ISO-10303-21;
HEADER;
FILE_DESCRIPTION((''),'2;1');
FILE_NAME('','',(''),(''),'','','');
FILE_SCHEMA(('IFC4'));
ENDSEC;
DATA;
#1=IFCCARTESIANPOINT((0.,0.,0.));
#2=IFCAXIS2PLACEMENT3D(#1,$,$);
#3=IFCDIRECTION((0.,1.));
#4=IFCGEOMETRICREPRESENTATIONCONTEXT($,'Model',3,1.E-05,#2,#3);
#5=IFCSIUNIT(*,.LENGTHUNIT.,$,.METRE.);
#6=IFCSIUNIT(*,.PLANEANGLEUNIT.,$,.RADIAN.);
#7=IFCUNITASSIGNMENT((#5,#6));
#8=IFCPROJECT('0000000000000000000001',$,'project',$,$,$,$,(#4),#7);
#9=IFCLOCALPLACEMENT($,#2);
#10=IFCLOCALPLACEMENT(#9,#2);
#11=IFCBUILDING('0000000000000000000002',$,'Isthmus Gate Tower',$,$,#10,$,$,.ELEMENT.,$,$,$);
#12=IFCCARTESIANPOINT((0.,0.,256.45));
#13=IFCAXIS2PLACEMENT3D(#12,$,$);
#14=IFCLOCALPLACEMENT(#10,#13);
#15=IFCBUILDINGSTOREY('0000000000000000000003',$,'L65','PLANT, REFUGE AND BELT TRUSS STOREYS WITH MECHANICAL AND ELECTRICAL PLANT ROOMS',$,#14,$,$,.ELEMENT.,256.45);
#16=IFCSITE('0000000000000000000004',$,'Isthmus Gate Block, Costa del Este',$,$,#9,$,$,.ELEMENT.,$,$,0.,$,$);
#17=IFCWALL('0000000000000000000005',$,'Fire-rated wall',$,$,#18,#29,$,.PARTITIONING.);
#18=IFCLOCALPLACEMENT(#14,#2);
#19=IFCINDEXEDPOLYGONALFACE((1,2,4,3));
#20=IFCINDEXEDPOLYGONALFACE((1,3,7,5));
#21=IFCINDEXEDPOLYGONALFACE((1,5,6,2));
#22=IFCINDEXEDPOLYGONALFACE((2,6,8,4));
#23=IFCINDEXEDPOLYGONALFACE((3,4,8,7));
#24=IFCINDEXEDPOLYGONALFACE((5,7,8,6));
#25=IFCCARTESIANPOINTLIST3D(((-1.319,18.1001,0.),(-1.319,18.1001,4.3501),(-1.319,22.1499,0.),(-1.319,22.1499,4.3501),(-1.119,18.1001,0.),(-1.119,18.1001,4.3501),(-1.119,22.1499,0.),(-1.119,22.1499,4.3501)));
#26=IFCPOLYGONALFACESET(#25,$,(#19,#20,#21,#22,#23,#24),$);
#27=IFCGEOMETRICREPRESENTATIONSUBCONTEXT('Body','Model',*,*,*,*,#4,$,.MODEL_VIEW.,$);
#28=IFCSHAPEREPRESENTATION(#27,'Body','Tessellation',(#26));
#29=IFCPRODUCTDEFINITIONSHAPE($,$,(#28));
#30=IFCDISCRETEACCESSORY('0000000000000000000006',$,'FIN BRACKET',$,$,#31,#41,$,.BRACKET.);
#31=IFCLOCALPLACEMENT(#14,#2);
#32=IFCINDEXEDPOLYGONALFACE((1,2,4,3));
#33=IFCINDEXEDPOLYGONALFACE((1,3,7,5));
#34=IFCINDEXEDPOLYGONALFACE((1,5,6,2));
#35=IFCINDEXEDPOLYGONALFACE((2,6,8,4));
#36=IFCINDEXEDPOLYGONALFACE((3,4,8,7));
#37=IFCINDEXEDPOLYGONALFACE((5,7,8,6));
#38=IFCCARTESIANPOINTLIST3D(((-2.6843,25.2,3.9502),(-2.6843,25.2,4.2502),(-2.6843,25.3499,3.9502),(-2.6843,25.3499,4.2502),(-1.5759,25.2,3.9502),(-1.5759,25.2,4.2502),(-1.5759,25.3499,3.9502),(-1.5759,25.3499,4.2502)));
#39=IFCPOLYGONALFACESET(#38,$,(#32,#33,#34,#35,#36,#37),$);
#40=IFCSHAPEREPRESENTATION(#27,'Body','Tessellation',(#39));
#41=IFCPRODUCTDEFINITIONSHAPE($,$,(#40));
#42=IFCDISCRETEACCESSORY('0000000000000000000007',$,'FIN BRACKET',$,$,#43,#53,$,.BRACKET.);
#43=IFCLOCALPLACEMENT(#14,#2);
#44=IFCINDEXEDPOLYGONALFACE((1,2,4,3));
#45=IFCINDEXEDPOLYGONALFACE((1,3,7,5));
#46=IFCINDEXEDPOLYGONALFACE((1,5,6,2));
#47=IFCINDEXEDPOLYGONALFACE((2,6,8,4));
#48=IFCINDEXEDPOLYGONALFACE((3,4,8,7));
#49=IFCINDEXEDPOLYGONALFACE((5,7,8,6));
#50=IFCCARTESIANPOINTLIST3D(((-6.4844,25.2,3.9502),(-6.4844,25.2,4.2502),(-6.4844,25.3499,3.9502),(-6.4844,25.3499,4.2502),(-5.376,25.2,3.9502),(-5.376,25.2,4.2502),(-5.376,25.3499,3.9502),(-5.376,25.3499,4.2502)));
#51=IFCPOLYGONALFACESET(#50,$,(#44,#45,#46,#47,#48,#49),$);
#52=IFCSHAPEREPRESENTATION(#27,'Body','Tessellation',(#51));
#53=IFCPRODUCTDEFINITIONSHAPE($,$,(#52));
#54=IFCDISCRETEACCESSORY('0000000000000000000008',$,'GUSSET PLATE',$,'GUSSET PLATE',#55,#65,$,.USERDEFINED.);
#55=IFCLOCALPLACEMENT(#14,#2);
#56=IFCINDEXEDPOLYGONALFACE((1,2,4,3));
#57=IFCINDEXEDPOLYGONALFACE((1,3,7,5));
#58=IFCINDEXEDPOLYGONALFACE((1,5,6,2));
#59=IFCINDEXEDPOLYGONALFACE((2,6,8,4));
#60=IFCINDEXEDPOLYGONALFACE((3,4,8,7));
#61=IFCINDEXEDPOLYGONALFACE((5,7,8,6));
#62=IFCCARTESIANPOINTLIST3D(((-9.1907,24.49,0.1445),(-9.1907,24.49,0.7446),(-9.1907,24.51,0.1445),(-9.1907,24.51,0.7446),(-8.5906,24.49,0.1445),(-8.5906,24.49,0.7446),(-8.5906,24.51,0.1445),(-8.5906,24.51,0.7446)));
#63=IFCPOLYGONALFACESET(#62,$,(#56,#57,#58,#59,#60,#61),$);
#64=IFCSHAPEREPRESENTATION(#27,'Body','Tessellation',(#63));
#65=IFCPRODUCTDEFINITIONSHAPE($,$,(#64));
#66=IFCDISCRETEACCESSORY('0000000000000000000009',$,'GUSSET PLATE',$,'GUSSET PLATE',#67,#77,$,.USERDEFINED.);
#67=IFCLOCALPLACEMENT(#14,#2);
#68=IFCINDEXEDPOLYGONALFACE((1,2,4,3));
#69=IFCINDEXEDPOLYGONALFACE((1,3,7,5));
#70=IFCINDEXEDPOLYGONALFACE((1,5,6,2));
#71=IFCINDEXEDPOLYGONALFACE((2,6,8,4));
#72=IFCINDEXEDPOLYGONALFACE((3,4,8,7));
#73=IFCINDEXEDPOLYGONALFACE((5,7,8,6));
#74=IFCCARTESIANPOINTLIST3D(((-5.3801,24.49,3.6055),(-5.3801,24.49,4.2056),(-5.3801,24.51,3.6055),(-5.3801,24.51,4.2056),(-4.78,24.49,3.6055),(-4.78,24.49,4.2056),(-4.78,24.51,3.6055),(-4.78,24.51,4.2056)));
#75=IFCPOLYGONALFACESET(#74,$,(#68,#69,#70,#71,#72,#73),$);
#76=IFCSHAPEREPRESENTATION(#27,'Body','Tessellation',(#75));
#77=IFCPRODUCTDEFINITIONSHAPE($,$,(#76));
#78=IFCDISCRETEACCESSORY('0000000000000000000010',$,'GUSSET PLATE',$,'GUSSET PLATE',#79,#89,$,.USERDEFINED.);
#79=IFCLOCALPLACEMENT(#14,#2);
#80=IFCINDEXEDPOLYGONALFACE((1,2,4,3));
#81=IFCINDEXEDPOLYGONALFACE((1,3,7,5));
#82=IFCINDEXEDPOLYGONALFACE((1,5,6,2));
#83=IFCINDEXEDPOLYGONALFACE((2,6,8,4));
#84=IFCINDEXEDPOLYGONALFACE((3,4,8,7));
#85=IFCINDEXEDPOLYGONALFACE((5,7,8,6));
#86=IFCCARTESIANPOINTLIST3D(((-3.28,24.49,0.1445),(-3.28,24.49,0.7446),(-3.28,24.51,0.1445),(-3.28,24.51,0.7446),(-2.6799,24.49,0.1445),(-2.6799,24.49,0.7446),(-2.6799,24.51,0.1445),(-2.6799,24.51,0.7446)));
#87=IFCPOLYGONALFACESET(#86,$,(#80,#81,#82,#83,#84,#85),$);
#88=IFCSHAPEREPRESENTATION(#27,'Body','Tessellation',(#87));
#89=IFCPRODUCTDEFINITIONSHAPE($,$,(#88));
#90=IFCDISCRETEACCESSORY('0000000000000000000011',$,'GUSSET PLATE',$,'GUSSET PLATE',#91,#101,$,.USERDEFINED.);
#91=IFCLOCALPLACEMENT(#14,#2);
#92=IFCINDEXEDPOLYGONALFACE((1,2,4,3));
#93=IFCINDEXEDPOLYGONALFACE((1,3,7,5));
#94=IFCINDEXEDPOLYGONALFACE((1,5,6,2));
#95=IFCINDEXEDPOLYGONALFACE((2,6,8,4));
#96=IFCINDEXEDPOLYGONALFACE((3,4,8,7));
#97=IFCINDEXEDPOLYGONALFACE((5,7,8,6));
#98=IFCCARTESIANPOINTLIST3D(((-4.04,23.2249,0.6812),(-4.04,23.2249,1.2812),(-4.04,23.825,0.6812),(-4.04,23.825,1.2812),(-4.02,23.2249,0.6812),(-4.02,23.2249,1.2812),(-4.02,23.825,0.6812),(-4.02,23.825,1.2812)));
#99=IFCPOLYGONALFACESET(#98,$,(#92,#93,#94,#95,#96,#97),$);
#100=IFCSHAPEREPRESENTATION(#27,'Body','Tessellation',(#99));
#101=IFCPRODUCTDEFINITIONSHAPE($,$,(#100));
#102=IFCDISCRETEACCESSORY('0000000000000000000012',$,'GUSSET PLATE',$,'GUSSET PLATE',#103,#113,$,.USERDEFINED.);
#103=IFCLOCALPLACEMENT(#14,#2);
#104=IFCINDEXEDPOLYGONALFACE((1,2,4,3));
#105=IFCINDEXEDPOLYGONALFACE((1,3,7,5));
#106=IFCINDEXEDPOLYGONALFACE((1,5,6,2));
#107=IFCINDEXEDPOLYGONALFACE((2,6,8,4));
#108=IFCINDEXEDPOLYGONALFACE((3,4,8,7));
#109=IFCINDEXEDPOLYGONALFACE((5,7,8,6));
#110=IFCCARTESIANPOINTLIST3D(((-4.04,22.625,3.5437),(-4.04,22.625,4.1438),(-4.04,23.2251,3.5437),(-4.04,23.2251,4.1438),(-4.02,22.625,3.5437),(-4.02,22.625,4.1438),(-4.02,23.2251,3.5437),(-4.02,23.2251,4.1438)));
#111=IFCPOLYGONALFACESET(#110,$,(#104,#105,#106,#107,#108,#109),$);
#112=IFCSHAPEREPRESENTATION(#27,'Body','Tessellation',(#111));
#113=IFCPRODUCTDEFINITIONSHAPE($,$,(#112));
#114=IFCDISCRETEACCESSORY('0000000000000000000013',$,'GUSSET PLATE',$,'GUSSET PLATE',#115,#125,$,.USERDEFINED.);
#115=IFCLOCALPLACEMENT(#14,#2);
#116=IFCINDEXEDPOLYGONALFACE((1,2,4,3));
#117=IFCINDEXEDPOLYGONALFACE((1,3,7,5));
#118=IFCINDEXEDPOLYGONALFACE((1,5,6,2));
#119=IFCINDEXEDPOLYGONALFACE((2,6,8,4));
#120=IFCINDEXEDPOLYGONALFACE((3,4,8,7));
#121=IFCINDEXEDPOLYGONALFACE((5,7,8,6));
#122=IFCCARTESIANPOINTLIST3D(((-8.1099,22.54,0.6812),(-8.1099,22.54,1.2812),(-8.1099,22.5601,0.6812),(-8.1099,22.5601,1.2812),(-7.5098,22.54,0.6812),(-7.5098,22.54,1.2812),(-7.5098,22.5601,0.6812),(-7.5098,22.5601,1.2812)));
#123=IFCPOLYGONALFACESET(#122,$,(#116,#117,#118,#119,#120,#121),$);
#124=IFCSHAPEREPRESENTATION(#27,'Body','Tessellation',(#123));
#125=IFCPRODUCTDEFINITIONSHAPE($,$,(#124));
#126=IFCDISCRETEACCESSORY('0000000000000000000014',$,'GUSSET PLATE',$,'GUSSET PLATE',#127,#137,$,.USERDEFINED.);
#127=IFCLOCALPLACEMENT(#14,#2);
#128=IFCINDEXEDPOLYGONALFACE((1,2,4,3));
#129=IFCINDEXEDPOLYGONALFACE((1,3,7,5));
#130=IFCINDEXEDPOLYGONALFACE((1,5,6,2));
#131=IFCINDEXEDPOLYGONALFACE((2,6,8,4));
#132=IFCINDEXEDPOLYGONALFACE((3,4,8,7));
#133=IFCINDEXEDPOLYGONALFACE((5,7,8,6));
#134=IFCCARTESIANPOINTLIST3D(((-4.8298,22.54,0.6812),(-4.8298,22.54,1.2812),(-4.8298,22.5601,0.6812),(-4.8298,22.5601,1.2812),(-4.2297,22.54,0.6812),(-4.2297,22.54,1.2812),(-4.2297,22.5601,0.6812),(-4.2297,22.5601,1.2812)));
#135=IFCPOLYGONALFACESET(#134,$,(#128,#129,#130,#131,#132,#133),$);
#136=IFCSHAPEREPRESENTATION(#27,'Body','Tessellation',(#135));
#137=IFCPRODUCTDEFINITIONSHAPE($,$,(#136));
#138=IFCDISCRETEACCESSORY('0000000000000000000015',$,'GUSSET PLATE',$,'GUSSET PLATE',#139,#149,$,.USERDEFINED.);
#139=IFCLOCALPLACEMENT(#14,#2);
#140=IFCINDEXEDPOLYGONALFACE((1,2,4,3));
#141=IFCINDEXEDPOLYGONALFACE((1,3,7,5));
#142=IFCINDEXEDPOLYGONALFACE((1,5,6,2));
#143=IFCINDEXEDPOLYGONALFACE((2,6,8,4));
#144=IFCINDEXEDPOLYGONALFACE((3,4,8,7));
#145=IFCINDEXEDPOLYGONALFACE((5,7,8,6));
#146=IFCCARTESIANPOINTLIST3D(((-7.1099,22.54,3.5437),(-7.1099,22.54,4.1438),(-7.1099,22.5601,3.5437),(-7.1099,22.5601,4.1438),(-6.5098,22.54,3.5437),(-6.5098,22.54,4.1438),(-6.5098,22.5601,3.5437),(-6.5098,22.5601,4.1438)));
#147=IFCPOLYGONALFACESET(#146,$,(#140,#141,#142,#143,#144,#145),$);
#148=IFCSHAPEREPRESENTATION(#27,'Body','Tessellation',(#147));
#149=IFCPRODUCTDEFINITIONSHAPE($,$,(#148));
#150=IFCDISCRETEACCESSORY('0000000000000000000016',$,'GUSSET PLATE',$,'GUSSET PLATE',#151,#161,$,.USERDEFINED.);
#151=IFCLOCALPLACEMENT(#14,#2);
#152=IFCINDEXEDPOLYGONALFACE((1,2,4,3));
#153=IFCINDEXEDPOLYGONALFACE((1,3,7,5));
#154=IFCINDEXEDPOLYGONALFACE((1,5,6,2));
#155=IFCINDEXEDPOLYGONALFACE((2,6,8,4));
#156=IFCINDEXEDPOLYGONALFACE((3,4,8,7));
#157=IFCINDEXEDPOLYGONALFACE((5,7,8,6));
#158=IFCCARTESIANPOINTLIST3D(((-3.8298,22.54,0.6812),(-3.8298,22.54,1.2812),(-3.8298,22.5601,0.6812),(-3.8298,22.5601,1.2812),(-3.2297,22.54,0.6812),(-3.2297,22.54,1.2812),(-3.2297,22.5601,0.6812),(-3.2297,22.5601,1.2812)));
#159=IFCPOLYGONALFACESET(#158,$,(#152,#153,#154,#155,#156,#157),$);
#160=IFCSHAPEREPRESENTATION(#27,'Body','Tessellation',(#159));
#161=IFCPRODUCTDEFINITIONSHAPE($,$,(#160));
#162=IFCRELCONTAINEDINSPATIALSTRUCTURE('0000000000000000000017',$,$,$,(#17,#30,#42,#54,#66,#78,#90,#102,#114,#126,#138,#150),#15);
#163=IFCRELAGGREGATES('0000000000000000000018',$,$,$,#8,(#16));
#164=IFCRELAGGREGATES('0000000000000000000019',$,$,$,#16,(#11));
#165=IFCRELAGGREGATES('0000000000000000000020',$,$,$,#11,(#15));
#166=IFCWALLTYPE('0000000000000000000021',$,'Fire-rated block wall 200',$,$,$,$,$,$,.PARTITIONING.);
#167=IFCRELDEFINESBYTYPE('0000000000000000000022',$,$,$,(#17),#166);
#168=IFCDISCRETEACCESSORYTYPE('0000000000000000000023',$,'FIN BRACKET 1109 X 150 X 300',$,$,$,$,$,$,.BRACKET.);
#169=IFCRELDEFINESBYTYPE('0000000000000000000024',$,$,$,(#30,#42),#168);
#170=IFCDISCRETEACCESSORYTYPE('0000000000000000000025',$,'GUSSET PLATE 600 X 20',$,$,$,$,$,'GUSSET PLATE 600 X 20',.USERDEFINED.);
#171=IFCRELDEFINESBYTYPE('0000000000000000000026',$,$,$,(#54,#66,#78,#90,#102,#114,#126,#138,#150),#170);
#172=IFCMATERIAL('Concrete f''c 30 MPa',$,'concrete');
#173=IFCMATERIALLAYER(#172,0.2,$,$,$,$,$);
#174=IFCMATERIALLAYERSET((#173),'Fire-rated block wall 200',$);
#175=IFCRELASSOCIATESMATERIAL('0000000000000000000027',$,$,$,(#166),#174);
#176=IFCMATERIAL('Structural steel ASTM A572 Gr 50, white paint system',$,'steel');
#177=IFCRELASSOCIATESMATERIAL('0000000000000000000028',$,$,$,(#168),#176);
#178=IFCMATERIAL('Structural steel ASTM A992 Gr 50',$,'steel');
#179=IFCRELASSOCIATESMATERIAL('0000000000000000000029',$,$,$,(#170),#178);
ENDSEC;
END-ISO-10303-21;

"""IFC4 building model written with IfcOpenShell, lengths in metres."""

from ifc_helpers import new_model, si_unit, direction, frame, frame_2d, origin, origin_2d, place, context, subcontext, project, spatial, rectangle, extrude, material, layer, layer_set, type_object, element, save


model = new_model("IFC4")

# Units and contexts
model_context = context("Model", 3, precision=1e-05, world=origin(), true_north=direction((0.0, 1.0)))
body_context = subcontext(model_context, "Body", "Model", "MODEL_VIEW")
ifc_project = project(units=[si_unit("LENGTHUNIT", "METRE"), si_unit("PLANEANGLEUNIT", "RADIAN")], contexts=[model_context])

# Site, building, storey
site_placement = place(None, origin())
site = spatial("IfcSite", under=ifc_project, at=site_placement, Name="Isthmus Gate Block, Costa del Este", CompositionType="ELEMENT", RefElevation=0.0)
building_placement = place(site_placement, origin())
building = spatial("IfcBuilding", under=site, at=building_placement, Name="Isthmus Gate Tower", CompositionType="ELEMENT")
storey_placement = place(building_placement, frame((0.0, 0.0, 256.45)))
storey = spatial("IfcBuildingStorey", under=building, at=storey_placement, Name="L65", Description="PLANT, REFUGE AND BELT TRUSS STOREYS WITH MECHANICAL AND ELECTRICAL PLANT ROOMS", CompositionType="ELEMENT", Elevation=256.45)

# Wall
ifc_material_1 = material(Name="Concrete f'c 30 MPa", Category="concrete")
ifc_layer_1 = layer(ifc_material_1, 0.2)
ifc_layer_set_1 = layer_set([ifc_layer_1], Name="Fire-rated block wall 200")
wall_type = type_object("IfcWallType", Name="Fire-rated block wall 200", PredefinedType="PARTITIONING", material=ifc_layer_set_1)
wall_1_placement = place(storey_placement, frame((-1.219, 18.1001, 0.0), z_axis=(0.0, 0.0, 1.0), x_axis=(0.0, 1.0, 0.0)))
element("IfcWall", 1, at=wall_1_placement, inside=storey, type_object=wall_type, Name="Fire-rated wall", PredefinedType="PARTITIONING", context=body_context, shape_type="SweptSolid", body=[
    extrude(rectangle(XDim=4.0498, YDim=0.2, at=frame_2d((2.0249, 0.0))), origin(), (0.0, 0.0, 1.0), 4.3501),
])

# Discrete accessories
ifc_material_2 = material(Name="Structural steel ASTM A572 Gr 50, white paint system", Category="steel")
discrete_accessory_type_1 = type_object("IfcDiscreteAccessoryType", Name="FIN BRACKET 1109 X 150 X 300", PredefinedType="BRACKET", material=ifc_material_2)
for number, where, z_axis, x_axis, name in (
    (2, (-2.1301, 25.2749, 3.9502), (0.0, 0.0, 1.0), (0.0, 1.0, 0.0), "FIN BRACKET"),
    (3, (-5.9302, 25.2749, 3.9502), (0.0, 0.0, 1.0), (0.0, 1.0, 0.0), "FIN BRACKET"),
):
    element("IfcDiscreteAccessory", number, at=place(storey_placement, frame(where, z_axis=z_axis, x_axis=x_axis)), inside=storey, type_object=discrete_accessory_type_1, Name=name, PredefinedType="BRACKET", context=body_context, shape_type="SweptSolid", body=[
        extrude(rectangle(XDim=0.1499, YDim=1.1084, at=origin_2d()), origin(), (0.0, 0.0, 1.0), 0.3),
    ])
ifc_material_3 = material(Name="Structural steel ASTM A992 Gr 50", Category="steel")
discrete_accessory_type_2 = type_object("IfcDiscreteAccessoryType", Name="GUSSET PLATE 600 X 20", ElementType="GUSSET PLATE 600 X 20", PredefinedType="USERDEFINED", material=ifc_material_3)
for number, where, z_axis, x_axis, name in (
    (4, (-8.8906, 24.5, 0.1445), (0.0, 0.0, 1.0), (1.0, 0.0, 0.0), "GUSSET PLATE"),
    (5, (-5.0801, 24.5, 3.6055), (0.0, 0.0, 1.0), (1.0, 0.0, 0.0), "GUSSET PLATE"),
    (6, (-2.98, 24.5, 0.1445), (0.0, 0.0, 1.0), (1.0, 0.0, 0.0), "GUSSET PLATE"),
    (7, (-4.03, 23.5249, 0.6812), (0.0, 0.0, 1.0), (0.0, -1.0, 0.0), "GUSSET PLATE"),
    (8, (-4.03, 22.925, 3.5437), (0.0, 0.0, 1.0), (0.0, -1.0, 0.0), "GUSSET PLATE"),
    (9, (-7.8098, 22.55, 0.6812), (0.0, 0.0, 1.0), (-1.0, 0.0, 0.0), "GUSSET PLATE"),
    (10, (-4.5298, 22.55, 0.6812), (0.0, 0.0, 1.0), (-1.0, 0.0, 0.0), "GUSSET PLATE"),
    (11, (-6.8098, 22.55, 3.5437), (0.0, 0.0, 1.0), (-1.0, 0.0, 0.0), "GUSSET PLATE"),
    (12, (-3.5298, 22.55, 0.6812), (0.0, 0.0, 1.0), (1.0, 0.0, 0.0), "GUSSET PLATE"),
):
    element("IfcDiscreteAccessory", number, at=place(storey_placement, frame(where, z_axis=z_axis, x_axis=x_axis)), inside=storey, type_object=discrete_accessory_type_2, Name=name, ObjectType="GUSSET PLATE", PredefinedType="USERDEFINED", context=body_context, shape_type="SweptSolid", body=[
        extrude(rectangle(XDim=0.6001, YDim=0.02, at=origin_2d()), origin(), (0.0, 0.0, 1.0), 0.6001),
    ])

save(model, "model.ifc")
